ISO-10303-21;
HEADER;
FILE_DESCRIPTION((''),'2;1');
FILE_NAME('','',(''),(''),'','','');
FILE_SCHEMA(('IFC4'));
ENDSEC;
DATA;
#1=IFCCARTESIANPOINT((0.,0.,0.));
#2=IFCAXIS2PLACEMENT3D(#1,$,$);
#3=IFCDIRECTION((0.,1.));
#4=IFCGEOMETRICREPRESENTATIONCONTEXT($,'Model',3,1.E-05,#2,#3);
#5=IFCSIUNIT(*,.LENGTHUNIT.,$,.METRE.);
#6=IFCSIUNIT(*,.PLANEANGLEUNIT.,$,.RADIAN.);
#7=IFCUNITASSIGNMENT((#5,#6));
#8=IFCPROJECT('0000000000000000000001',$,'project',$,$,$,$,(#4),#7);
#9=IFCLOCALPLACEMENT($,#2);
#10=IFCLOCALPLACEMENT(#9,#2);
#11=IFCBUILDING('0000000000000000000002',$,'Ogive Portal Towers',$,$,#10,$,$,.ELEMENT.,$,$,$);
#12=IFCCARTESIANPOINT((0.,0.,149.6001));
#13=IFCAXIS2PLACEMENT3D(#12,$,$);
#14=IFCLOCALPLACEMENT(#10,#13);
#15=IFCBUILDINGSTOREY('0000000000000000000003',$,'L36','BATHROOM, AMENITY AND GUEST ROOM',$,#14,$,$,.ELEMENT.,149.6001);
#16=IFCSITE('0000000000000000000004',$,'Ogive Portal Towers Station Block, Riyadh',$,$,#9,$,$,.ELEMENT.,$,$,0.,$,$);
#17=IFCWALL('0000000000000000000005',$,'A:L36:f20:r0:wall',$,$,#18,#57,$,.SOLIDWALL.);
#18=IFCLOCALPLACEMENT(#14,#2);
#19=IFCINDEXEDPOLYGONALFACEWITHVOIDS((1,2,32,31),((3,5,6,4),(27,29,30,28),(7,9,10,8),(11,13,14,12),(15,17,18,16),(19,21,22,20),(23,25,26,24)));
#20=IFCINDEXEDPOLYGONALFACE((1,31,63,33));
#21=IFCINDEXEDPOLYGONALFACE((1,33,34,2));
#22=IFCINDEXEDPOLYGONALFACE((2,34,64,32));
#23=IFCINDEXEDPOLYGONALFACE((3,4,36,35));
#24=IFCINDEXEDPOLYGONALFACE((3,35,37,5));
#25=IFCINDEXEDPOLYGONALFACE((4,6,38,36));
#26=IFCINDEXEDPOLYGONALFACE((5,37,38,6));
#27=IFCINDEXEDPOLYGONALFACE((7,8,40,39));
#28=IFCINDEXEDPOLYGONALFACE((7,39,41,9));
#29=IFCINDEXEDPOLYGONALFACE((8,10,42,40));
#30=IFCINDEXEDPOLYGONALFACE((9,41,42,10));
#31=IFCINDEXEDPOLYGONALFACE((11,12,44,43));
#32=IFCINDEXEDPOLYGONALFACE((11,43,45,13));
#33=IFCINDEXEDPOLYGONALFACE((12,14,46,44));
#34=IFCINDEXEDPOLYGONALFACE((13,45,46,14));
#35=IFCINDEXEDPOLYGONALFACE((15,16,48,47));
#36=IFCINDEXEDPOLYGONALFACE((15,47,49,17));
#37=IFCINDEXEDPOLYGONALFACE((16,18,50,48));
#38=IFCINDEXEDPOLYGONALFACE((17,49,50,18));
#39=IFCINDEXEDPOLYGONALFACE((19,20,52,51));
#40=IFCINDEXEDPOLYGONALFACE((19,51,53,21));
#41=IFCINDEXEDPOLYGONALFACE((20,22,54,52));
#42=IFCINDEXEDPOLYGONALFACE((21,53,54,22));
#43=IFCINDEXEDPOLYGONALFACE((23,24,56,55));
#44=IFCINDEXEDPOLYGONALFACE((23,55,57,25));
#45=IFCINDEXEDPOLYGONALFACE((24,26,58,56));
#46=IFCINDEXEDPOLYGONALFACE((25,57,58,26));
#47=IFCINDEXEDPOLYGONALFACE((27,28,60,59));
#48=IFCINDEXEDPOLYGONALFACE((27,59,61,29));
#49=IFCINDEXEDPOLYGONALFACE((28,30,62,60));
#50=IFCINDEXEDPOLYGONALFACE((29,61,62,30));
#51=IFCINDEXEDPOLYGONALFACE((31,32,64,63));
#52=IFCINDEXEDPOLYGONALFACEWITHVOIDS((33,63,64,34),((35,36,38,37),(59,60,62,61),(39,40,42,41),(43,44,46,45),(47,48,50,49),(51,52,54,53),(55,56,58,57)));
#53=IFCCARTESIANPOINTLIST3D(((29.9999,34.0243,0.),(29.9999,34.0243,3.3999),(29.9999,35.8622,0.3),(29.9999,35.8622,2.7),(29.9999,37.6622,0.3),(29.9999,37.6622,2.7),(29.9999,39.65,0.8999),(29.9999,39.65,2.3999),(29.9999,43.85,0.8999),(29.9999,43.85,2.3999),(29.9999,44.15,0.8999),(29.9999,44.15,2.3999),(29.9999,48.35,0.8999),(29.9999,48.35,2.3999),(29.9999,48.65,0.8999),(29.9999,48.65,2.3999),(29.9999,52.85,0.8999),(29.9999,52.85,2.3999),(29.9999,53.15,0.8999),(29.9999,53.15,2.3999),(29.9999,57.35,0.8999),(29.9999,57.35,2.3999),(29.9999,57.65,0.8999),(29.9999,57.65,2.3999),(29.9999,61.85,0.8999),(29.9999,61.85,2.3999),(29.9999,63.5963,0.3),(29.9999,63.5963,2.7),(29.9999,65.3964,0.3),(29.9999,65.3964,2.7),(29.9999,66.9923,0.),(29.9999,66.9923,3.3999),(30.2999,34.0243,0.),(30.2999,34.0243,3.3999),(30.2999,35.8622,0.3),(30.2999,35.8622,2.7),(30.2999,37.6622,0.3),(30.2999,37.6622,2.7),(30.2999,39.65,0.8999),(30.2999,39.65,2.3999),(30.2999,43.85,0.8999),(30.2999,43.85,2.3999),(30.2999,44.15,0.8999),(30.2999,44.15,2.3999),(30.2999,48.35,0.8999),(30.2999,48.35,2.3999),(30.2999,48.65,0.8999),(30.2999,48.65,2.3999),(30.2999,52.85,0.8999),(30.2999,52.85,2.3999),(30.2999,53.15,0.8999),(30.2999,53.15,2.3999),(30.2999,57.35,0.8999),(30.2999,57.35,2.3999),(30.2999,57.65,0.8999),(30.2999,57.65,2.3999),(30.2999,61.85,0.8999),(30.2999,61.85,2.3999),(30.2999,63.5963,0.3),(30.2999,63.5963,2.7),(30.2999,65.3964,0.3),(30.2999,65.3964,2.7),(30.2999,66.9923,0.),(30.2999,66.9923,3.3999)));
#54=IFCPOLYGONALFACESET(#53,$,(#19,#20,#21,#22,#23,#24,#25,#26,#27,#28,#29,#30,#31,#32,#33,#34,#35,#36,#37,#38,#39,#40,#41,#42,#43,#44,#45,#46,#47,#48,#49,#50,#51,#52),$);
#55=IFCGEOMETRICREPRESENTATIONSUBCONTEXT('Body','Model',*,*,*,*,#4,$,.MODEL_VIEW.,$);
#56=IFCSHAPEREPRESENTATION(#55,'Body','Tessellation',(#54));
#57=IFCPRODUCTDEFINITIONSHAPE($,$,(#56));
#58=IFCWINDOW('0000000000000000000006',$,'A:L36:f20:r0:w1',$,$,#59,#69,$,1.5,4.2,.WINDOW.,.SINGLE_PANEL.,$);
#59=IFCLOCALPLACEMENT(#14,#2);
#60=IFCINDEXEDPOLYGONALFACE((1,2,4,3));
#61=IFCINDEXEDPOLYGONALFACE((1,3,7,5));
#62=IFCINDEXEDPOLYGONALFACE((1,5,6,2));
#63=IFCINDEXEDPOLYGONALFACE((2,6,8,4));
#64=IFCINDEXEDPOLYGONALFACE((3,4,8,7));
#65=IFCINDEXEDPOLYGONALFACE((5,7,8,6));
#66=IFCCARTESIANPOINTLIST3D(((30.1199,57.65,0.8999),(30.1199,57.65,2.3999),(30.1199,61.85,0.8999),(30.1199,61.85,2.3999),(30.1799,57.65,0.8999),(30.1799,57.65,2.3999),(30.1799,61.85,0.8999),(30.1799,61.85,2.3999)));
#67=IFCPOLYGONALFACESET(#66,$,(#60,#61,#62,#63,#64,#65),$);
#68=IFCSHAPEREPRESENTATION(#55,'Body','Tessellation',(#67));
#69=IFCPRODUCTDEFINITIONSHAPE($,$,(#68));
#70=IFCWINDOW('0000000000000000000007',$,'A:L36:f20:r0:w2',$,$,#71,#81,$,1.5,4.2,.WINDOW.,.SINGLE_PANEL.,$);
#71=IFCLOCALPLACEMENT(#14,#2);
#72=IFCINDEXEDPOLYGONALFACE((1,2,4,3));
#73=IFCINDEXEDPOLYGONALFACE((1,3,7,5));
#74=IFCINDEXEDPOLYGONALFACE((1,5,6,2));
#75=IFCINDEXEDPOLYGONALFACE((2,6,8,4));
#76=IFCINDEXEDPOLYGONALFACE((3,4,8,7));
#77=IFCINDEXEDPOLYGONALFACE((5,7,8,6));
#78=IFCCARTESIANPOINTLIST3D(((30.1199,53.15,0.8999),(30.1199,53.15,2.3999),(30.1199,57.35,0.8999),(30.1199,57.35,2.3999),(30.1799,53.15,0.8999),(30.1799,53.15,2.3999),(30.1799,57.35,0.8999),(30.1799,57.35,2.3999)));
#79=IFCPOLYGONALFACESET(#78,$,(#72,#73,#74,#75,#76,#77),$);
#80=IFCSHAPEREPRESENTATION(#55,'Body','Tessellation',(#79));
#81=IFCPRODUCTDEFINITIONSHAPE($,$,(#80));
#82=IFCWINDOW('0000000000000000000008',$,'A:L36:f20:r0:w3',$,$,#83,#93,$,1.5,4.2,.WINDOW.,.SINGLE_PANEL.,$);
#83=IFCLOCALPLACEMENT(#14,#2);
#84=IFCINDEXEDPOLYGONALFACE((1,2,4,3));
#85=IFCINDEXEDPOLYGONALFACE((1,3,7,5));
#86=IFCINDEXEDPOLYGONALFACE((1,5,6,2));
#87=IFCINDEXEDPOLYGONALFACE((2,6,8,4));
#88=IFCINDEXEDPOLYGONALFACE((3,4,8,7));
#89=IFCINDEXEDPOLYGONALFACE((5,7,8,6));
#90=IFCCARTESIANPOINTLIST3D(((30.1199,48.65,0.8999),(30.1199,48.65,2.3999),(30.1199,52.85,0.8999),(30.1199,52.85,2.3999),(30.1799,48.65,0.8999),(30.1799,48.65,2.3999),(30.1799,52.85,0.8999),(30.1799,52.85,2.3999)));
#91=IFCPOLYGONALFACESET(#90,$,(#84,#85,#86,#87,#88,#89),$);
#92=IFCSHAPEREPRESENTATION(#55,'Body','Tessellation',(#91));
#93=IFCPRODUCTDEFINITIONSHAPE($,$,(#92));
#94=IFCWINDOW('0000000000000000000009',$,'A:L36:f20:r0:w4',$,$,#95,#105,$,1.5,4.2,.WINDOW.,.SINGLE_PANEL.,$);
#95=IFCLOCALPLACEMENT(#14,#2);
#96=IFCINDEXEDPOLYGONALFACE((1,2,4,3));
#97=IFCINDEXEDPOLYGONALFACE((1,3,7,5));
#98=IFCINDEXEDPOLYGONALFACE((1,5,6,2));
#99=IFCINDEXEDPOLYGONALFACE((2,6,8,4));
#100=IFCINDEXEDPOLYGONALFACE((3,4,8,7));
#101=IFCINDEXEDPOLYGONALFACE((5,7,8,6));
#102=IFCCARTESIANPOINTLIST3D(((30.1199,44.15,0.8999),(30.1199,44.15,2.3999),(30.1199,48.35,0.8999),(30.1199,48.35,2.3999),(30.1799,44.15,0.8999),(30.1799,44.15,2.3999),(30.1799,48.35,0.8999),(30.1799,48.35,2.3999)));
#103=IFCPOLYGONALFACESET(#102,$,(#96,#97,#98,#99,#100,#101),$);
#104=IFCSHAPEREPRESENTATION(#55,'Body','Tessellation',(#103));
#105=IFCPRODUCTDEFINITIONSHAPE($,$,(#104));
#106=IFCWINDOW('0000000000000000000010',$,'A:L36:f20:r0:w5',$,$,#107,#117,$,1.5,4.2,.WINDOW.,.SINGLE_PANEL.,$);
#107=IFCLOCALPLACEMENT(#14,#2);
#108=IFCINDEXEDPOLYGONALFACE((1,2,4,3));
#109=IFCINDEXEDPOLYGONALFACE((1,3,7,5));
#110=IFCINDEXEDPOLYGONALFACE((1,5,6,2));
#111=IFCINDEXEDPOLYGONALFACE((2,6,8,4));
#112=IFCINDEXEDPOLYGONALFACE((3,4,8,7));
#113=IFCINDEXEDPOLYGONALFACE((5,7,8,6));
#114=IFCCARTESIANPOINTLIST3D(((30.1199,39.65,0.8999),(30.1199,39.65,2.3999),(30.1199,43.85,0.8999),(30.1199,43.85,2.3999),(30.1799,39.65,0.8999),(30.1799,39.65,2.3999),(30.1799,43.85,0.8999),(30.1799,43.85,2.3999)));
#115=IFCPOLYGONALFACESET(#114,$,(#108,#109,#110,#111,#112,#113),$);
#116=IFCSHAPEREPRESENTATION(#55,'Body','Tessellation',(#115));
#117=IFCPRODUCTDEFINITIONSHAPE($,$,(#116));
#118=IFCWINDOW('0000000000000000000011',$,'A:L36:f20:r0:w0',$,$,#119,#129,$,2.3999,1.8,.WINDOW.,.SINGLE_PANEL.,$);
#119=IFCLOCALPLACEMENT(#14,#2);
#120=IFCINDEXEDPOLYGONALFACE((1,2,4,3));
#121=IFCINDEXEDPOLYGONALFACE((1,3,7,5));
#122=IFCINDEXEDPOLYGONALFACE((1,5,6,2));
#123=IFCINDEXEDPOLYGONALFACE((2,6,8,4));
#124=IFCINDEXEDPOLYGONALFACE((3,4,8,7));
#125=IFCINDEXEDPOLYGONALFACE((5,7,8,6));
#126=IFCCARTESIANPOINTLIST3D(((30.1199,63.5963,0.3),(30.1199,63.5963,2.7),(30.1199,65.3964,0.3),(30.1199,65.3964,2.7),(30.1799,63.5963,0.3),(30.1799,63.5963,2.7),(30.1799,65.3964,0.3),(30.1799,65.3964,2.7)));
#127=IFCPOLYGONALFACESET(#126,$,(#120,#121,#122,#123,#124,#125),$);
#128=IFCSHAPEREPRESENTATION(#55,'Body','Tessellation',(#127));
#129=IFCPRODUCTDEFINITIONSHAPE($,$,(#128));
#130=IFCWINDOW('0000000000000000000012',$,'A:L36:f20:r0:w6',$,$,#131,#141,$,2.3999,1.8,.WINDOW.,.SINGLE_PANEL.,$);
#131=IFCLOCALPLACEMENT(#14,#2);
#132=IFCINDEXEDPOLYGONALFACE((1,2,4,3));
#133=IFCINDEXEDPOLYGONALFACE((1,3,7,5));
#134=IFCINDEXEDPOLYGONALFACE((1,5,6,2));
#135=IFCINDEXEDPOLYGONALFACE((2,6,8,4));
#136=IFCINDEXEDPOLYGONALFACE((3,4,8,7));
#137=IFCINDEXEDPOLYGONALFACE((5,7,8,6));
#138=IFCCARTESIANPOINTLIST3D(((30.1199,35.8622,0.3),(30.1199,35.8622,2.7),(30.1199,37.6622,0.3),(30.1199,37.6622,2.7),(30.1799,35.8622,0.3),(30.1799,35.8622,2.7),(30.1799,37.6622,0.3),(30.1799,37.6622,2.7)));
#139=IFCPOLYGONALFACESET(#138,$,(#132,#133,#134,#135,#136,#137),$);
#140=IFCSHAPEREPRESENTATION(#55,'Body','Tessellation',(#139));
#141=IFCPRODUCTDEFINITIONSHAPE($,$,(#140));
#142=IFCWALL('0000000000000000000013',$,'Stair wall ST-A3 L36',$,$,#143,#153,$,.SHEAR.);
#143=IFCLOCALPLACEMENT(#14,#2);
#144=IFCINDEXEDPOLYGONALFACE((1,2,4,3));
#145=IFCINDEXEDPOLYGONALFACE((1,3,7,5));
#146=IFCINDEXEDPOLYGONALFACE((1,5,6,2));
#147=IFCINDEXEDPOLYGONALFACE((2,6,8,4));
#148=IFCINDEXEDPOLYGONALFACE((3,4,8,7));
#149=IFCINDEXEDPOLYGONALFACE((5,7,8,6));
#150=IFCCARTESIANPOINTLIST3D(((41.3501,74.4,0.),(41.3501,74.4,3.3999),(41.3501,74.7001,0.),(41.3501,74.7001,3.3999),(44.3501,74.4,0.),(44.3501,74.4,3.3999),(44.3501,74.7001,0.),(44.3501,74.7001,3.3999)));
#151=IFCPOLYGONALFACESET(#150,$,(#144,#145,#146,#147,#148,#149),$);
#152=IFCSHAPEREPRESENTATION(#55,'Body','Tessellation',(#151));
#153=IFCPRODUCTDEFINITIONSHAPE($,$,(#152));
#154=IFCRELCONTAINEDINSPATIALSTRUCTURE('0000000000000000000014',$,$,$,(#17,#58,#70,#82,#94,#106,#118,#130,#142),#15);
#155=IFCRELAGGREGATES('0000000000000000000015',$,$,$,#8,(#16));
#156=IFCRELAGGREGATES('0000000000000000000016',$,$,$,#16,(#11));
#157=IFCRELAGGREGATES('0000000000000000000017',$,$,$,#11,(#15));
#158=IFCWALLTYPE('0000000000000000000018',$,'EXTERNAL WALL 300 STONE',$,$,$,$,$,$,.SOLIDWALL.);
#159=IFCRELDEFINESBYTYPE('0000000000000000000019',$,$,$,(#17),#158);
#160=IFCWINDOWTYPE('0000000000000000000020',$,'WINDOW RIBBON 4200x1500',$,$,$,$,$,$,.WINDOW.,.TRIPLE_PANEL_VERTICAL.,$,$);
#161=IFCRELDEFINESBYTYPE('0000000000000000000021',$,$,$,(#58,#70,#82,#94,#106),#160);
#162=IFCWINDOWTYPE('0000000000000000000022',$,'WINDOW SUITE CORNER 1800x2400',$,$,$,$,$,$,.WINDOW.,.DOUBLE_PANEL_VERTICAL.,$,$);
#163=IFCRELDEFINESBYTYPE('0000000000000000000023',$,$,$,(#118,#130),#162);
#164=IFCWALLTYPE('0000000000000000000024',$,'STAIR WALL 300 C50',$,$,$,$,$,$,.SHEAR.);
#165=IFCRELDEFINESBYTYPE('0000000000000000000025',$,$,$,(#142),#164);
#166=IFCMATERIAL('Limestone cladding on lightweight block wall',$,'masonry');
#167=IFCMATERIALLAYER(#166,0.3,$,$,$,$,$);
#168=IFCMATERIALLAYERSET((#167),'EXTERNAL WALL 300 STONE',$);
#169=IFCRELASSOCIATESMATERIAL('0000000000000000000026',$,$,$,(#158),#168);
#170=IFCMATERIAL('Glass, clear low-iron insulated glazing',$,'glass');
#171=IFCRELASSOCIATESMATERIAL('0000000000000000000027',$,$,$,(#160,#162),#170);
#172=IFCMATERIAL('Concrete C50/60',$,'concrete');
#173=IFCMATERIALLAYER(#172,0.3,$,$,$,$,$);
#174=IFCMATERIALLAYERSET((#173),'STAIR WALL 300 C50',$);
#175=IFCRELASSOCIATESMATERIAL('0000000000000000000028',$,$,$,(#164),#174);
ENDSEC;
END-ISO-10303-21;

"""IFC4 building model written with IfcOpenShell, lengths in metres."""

from ifc_helpers import new_model, si_unit, direction, frame, frame_2d, origin, place, context, subcontext, project, spatial, rectangle, extrude, material, layer, layer_set, type_object, element, fill, save


model = new_model("IFC4")

# Units and contexts
model_context = context("Model", 3, precision=1e-05, world=origin(), true_north=direction((0.0, 1.0)))
body_context = subcontext(model_context, "Body", "Model", "MODEL_VIEW")
ifc_project = project(units=[si_unit("LENGTHUNIT", "METRE"), si_unit("PLANEANGLEUNIT", "RADIAN")], contexts=[model_context])

# Site, building, storey
site_placement = place(None, origin())
site = spatial("IfcSite", under=ifc_project, at=site_placement, Name="Ogive Portal Towers Station Block, Riyadh", CompositionType="ELEMENT", RefElevation=0.0)
building_placement = place(site_placement, origin())
building = spatial("IfcBuilding", under=site, at=building_placement, Name="Ogive Portal Towers", CompositionType="ELEMENT")
storey_placement = place(building_placement, frame((0.0, 0.0, 149.6001)))
storey = spatial("IfcBuildingStorey", under=building, at=storey_placement, Name="L36", Description="BATHROOM, AMENITY AND GUEST ROOM", CompositionType="ELEMENT", Elevation=149.6001)

# Shared definitions
ifc_material_1 = material(Name="Glass, clear low-iron insulated glazing", Category="glass")

# Wall, openings, windows
ifc_material_2 = material(Name="Limestone cladding on lightweight block wall", Category="masonry")
ifc_layer_1 = layer(ifc_material_2, 0.3)
ifc_layer_set_1 = layer_set([ifc_layer_1], Name="EXTERNAL WALL 300 STONE")
wall_type_1 = type_object("IfcWallType", Name="EXTERNAL WALL 300 STONE", PredefinedType="SOLIDWALL", material=ifc_layer_set_1)
wall_1_placement = place(storey_placement, frame((30.1499, 66.9922, 0.0), z_axis=(0.0, 0.0, 1.0), x_axis=(0.0, -1.0, 0.0)))
wall_1 = element("IfcWall", 1, at=wall_1_placement, inside=storey, type_object=wall_type_1, Name="A:L36:f20:r0:wall", PredefinedType="SOLIDWALL", context=body_context, shape_type="SweptSolid", body=[
    extrude(rectangle(XDim=32.968, YDim=0.3, at=frame_2d((16.4839, 0.0))), origin(), (0.0, 0.0, 1.0), 3.3999),
])
opening_1_placement = place(wall_1_placement, frame((1.5959, 0.0, 0.3)))
opening_1 = element("IfcOpeningElement", 2, at=opening_1_placement, cuts=wall_1, PredefinedType="OPENING", context=body_context, shape_type="SweptSolid", body=[
    extrude(rectangle(XDim=1.8, YDim=2.3999, at=frame_2d((0.8999, 1.2))), frame((0.0, 0.1602, 0.0), z_axis=(0.0, -1.0, 0.0), x_axis=(1.0, 0.0, 0.0)), (0.0, 0.0, 1.0), 0.3201),
])
opening_2_placement = place(wall_1_placement, frame((5.1421, 0.0, 0.8999)))
opening_2 = element("IfcOpeningElement", 3, at=opening_2_placement, cuts=wall_1, PredefinedType="OPENING", context=body_context, shape_type="SweptSolid", body=[
    extrude(rectangle(XDim=4.2, YDim=1.5, at=frame_2d((2.1001, 0.75))), frame((0.0, 0.1602, 0.0), z_axis=(0.0, -1.0, 0.0), x_axis=(1.0, 0.0, 0.0)), (0.0, 0.0, 1.0), 0.3201),
])
opening_3_placement = place(wall_1_placement, frame((9.6421, 0.0, 0.8999)))
opening_3 = element("IfcOpeningElement", 4, at=opening_3_placement, cuts=wall_1, PredefinedType="OPENING", context=body_context, shape_type="SweptSolid", body=[
    extrude(rectangle(XDim=4.2, YDim=1.5, at=frame_2d((2.1001, 0.75))), frame((0.0, 0.1602, 0.0), z_axis=(0.0, -1.0, 0.0), x_axis=(1.0, 0.0, 0.0)), (0.0, 0.0, 1.0), 0.3201),
])
opening_4_placement = place(wall_1_placement, frame((14.1421, 0.0, 0.8999)))
opening_4 = element("IfcOpeningElement", 5, at=opening_4_placement, cuts=wall_1, PredefinedType="OPENING", context=body_context, shape_type="SweptSolid", body=[
    extrude(rectangle(XDim=4.2, YDim=1.5, at=frame_2d((2.1001, 0.75))), frame((0.0, 0.1602, 0.0), z_axis=(0.0, -1.0, 0.0), x_axis=(1.0, 0.0, 0.0)), (0.0, 0.0, 1.0), 0.3201),
])
opening_5_placement = place(wall_1_placement, frame((18.6421, 0.0, 0.8999)))
opening_5 = element("IfcOpeningElement", 6, at=opening_5_placement, cuts=wall_1, PredefinedType="OPENING", context=body_context, shape_type="SweptSolid", body=[
    extrude(rectangle(XDim=4.2, YDim=1.5, at=frame_2d((2.1001, 0.75))), frame((0.0, 0.1602, 0.0), z_axis=(0.0, -1.0, 0.0), x_axis=(1.0, 0.0, 0.0)), (0.0, 0.0, 1.0), 0.3201),
])
opening_6_placement = place(wall_1_placement, frame((23.1421, 0.0, 0.8999)))
opening_6 = element("IfcOpeningElement", 7, at=opening_6_placement, cuts=wall_1, PredefinedType="OPENING", context=body_context, shape_type="SweptSolid", body=[
    extrude(rectangle(XDim=4.2, YDim=1.5, at=frame_2d((2.1001, 0.75))), frame((0.0, 0.1602, 0.0), z_axis=(0.0, -1.0, 0.0), x_axis=(1.0, 0.0, 0.0)), (0.0, 0.0, 1.0), 0.3201),
])
opening_7_placement = place(wall_1_placement, frame((29.3301, 0.0, 0.3)))
opening_7 = element("IfcOpeningElement", 8, at=opening_7_placement, cuts=wall_1, PredefinedType="OPENING", context=body_context, shape_type="SweptSolid", body=[
    extrude(rectangle(XDim=1.8, YDim=2.3999, at=frame_2d((0.8999, 1.2))), frame((0.0, 0.1602, 0.0), z_axis=(0.0, -1.0, 0.0), x_axis=(1.0, 0.0, 0.0)), (0.0, 0.0, 1.0), 0.3201),
])
window_type_1 = type_object("IfcWindowType", Name="WINDOW RIBBON 4200x1500", PartitioningType="TRIPLE_PANEL_VERTICAL", PredefinedType="WINDOW", material=ifc_material_1)
window_1_placement = place(opening_2_placement, origin())
window_1 = element("IfcWindow", 9, at=window_1_placement, inside=storey, type_object=window_type_1, Name="A:L36:f20:r0:w1", OverallHeight=1.5, OverallWidth=4.2, PartitioningType="SINGLE_PANEL", PredefinedType="WINDOW", context=body_context, shape_type="SweptSolid", body=[
    extrude(rectangle(XDim=4.2, YDim=1.5, at=frame_2d((2.1001, 0.75))), frame((0.0, 0.03, 0.0), z_axis=(0.0, -1.0, 0.0), x_axis=(1.0, 0.0, 0.0)), (0.0, 0.0, 1.0), 0.0601),
])
fill(opening_2, window_1)
window_2_placement = place(opening_3_placement, origin())
window_2 = element("IfcWindow", 10, at=window_2_placement, inside=storey, type_object=window_type_1, Name="A:L36:f20:r0:w2", OverallHeight=1.5, OverallWidth=4.2, PartitioningType="SINGLE_PANEL", PredefinedType="WINDOW", context=body_context, shape_type="SweptSolid", body=[
    extrude(rectangle(XDim=4.2, YDim=1.5, at=frame_2d((2.1001, 0.75))), frame((0.0, 0.03, 0.0), z_axis=(0.0, -1.0, 0.0), x_axis=(1.0, 0.0, 0.0)), (0.0, 0.0, 1.0), 0.0601),
])
fill(opening_3, window_2)
window_3_placement = place(opening_4_placement, origin())
window_3 = element("IfcWindow", 11, at=window_3_placement, inside=storey, type_object=window_type_1, Name="A:L36:f20:r0:w3", OverallHeight=1.5, OverallWidth=4.2, PartitioningType="SINGLE_PANEL", PredefinedType="WINDOW", context=body_context, shape_type="SweptSolid", body=[
    extrude(rectangle(XDim=4.2, YDim=1.5, at=frame_2d((2.1001, 0.75))), frame((0.0, 0.03, 0.0), z_axis=(0.0, -1.0, 0.0), x_axis=(1.0, 0.0, 0.0)), (0.0, 0.0, 1.0), 0.0601),
])
fill(opening_4, window_3)
window_4_placement = place(opening_5_placement, origin())
window_4 = element("IfcWindow", 12, at=window_4_placement, inside=storey, type_object=window_type_1, Name="A:L36:f20:r0:w4", OverallHeight=1.5, OverallWidth=4.2, PartitioningType="SINGLE_PANEL", PredefinedType="WINDOW", context=body_context, shape_type="SweptSolid", body=[
    extrude(rectangle(XDim=4.2, YDim=1.5, at=frame_2d((2.1001, 0.75))), frame((0.0, 0.03, 0.0), z_axis=(0.0, -1.0, 0.0), x_axis=(1.0, 0.0, 0.0)), (0.0, 0.0, 1.0), 0.0601),
])
fill(opening_5, window_4)
window_5_placement = place(opening_6_placement, origin())
window_5 = element("IfcWindow", 13, at=window_5_placement, inside=storey, type_object=window_type_1, Name="A:L36:f20:r0:w5", OverallHeight=1.5, OverallWidth=4.2, PartitioningType="SINGLE_PANEL", PredefinedType="WINDOW", context=body_context, shape_type="SweptSolid", body=[
    extrude(rectangle(XDim=4.2, YDim=1.5, at=frame_2d((2.1001, 0.75))), frame((0.0, 0.03, 0.0), z_axis=(0.0, -1.0, 0.0), x_axis=(1.0, 0.0, 0.0)), (0.0, 0.0, 1.0), 0.0601),
])
fill(opening_6, window_5)
window_type_2 = type_object("IfcWindowType", Name="WINDOW SUITE CORNER 1800x2400", PartitioningType="DOUBLE_PANEL_VERTICAL", PredefinedType="WINDOW", material=ifc_material_1)
window_6_placement = place(opening_1_placement, origin())
window_6 = element("IfcWindow", 14, at=window_6_placement, inside=storey, type_object=window_type_2, Name="A:L36:f20:r0:w0", OverallHeight=2.3999, OverallWidth=1.8, PartitioningType="SINGLE_PANEL", PredefinedType="WINDOW", context=body_context, shape_type="SweptSolid", body=[
    extrude(rectangle(XDim=1.8, YDim=2.3999, at=frame_2d((0.8999, 1.2))), frame((0.0, 0.03, 0.0), z_axis=(0.0, -1.0, 0.0), x_axis=(1.0, 0.0, 0.0)), (0.0, 0.0, 1.0), 0.0601),
])
fill(opening_1, window_6)
window_7_placement = place(opening_7_placement, origin())
window_7 = element("IfcWindow", 15, at=window_7_placement, inside=storey, type_object=window_type_2, Name="A:L36:f20:r0:w6", OverallHeight=2.3999, OverallWidth=1.8, PartitioningType="SINGLE_PANEL", PredefinedType="WINDOW", context=body_context, shape_type="SweptSolid", body=[
    extrude(rectangle(XDim=1.8, YDim=2.3999, at=frame_2d((0.8999, 1.2))), frame((0.0, 0.03, 0.0), z_axis=(0.0, -1.0, 0.0), x_axis=(1.0, 0.0, 0.0)), (0.0, 0.0, 1.0), 0.0601),
])
fill(opening_7, window_7)

# Wall
ifc_material_3 = material(Name="Concrete C50/60", Category="concrete")
ifc_layer_2 = layer(ifc_material_3, 0.3)
ifc_layer_set_2 = layer_set([ifc_layer_2], Name="STAIR WALL 300 C50")
wall_type_2 = type_object("IfcWallType", Name="STAIR WALL 300 C50", PredefinedType="SHEAR", material=ifc_layer_set_2)
wall_2_placement = place(storey_placement, frame((41.3501, 74.55, 0.0), z_axis=(0.0, 0.0, 1.0), x_axis=(1.0, 0.0, 0.0)))
element("IfcWall", 16, at=wall_2_placement, inside=storey, type_object=wall_type_2, Name="Stair wall ST-A3 L36", PredefinedType="SHEAR", context=body_context, shape_type="SweptSolid", body=[
    extrude(rectangle(XDim=3.0, YDim=0.3, at=frame_2d((1.5, 0.0))), origin(), (0.0, 0.0, 1.0), 3.3999),
])

save(model, "model.ifc")
